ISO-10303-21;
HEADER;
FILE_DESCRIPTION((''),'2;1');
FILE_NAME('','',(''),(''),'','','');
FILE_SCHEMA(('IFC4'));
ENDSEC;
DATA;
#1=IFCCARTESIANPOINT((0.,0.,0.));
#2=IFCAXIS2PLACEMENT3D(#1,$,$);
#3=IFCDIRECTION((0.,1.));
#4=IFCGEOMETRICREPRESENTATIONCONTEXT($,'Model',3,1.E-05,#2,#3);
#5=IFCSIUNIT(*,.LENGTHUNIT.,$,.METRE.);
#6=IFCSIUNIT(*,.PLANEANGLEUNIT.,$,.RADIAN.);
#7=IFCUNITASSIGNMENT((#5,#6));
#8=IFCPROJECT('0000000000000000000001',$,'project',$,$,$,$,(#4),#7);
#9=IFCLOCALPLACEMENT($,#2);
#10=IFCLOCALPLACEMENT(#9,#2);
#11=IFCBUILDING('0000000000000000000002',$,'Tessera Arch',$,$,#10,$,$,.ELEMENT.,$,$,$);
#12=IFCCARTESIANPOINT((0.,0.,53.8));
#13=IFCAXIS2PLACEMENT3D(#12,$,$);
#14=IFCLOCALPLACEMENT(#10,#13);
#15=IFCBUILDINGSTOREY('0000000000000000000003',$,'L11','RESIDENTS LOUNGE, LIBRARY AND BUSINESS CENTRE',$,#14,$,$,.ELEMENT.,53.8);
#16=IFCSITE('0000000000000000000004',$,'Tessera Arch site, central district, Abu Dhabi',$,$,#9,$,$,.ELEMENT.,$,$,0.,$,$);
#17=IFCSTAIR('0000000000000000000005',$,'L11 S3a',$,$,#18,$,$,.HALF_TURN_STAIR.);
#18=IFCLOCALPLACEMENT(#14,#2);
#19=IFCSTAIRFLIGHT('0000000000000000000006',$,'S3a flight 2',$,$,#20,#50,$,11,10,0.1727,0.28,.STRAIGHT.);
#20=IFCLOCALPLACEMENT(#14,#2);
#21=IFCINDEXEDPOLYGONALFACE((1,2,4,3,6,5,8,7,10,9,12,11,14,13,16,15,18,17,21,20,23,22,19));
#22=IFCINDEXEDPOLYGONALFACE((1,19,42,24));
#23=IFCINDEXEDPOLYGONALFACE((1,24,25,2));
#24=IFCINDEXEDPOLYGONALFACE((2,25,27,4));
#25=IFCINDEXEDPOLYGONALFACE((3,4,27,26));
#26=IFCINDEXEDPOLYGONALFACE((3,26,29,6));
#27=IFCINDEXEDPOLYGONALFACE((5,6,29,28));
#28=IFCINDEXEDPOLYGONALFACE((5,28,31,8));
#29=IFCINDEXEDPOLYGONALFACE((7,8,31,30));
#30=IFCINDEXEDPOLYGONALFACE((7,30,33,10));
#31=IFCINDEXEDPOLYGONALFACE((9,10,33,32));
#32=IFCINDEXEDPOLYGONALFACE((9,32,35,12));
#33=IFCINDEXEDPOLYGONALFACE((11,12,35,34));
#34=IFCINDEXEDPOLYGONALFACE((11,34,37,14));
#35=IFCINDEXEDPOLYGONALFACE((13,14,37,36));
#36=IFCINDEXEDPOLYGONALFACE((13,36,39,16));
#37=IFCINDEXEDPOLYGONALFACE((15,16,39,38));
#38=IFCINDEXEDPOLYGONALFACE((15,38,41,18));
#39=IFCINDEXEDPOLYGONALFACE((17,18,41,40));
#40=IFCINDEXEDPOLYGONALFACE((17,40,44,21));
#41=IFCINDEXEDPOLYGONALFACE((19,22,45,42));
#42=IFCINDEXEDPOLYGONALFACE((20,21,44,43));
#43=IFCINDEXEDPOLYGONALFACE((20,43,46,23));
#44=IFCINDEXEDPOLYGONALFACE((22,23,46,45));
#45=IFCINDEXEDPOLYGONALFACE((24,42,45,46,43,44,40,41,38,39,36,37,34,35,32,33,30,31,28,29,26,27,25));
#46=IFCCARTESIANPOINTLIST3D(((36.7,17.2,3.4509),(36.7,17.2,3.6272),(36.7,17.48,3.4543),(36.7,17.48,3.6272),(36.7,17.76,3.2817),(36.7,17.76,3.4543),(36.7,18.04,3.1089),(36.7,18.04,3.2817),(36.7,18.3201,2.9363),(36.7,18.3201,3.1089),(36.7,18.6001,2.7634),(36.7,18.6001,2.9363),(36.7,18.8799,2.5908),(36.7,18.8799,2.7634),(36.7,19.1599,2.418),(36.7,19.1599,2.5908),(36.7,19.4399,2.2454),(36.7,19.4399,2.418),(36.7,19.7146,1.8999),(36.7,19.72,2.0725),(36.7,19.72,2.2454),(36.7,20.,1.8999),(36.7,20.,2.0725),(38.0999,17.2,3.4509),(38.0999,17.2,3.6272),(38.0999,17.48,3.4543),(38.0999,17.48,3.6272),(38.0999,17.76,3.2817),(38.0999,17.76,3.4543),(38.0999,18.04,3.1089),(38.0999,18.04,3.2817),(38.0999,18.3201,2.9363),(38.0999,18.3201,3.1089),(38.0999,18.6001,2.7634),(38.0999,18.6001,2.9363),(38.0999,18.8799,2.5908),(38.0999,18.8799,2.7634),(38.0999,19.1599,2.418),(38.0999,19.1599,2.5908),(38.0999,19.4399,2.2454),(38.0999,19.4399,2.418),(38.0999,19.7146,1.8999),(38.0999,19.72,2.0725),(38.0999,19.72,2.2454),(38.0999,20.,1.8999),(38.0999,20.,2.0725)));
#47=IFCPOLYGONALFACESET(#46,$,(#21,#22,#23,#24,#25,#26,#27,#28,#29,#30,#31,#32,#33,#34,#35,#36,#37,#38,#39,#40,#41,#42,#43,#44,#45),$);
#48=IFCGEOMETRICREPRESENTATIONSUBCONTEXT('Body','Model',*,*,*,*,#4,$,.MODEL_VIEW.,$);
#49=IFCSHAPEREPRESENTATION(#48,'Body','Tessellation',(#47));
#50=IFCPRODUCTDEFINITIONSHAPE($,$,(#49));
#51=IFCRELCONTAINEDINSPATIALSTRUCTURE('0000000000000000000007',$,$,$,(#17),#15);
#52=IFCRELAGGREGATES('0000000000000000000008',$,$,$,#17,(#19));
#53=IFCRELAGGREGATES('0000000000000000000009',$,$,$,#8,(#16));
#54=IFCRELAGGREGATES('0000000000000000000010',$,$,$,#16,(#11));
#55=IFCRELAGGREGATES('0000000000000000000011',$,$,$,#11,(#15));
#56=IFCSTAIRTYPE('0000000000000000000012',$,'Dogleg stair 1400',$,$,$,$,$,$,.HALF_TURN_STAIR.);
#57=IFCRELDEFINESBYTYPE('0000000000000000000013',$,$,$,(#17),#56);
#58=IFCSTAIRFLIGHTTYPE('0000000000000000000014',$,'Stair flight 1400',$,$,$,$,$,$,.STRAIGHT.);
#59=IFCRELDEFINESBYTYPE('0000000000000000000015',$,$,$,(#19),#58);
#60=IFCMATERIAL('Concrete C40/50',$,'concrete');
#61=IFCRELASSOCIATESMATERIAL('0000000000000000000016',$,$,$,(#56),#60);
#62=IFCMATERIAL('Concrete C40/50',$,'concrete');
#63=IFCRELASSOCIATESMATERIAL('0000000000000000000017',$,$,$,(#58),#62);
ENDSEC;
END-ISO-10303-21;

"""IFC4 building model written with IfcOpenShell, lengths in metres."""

from ifc_helpers import new_model, si_unit, direction, frame, origin, place, context, subcontext, project, spatial, polyline, outline, extrude, material, type_object, element, aggregate, save


model = new_model("IFC4")

# Units and contexts
model_context = context("Model", 3, precision=1e-05, world=origin(), true_north=direction((0.0, 1.0)))
body_context = subcontext(model_context, "Body", "Model", "MODEL_VIEW")
ifc_project = project(units=[si_unit("LENGTHUNIT", "METRE"), si_unit("PLANEANGLEUNIT", "RADIAN")], contexts=[model_context])

# Site, building, storey
site_placement = place(None, origin())
site = spatial("IfcSite", under=ifc_project, at=site_placement, Name="Tessera Arch site, central district, Abu Dhabi", CompositionType="ELEMENT", RefElevation=0.0)
building_placement = place(site_placement, origin())
building = spatial("IfcBuilding", under=site, at=building_placement, Name="Tessera Arch", CompositionType="ELEMENT")
storey_placement = place(building_placement, frame((0.0, 0.0, 53.8)))
storey = spatial("IfcBuildingStorey", under=building, at=storey_placement, Name="L11", Description="RESIDENTS LOUNGE, LIBRARY AND BUSINESS CENTRE", CompositionType="ELEMENT", Elevation=53.8)

# Stair, stair flight
ifc_material_1 = material(Name="Concrete C40/50", Category="concrete")
stair_type = type_object("IfcStairType", Name="Dogleg stair 1400", PredefinedType="HALF_TURN_STAIR", material=ifc_material_1)
stair_placement = place(storey_placement, origin())
stair = element("IfcStair", 1, at=stair_placement, inside=storey, type_object=stair_type, Name="L11 S3a", PredefinedType="HALF_TURN_STAIR")
ifc_material_2 = material(Name="Concrete C40/50", Category="concrete")
stair_flight_type = type_object("IfcStairFlightType", Name="Stair flight 1400", PredefinedType="STRAIGHT", material=ifc_material_2)
stair_flight_1_placement = place(storey_placement, frame((37.3999, 20.0, 1.8999), z_axis=(0.0, 0.0, 1.0), x_axis=(0.0, -1.0, 0.0)))
stair_flight_1 = element("IfcStairFlight", 2, at=stair_flight_1_placement, type_object=stair_flight_type, Name="S3a flight 2", NumberOfRisers=11, NumberOfTreads=10, PredefinedType="STRAIGHT", RiserHeight=0.1727, TreadLength=0.28, context=body_context, shape_type="SweptSolid", body=[
    extrude(outline(polyline([(0.0, 0.0), (0.0, 0.1726), (0.28, 0.1726), (0.28, 0.3455), (0.5601, 0.3455), (0.5601, 0.5181), (0.8401, 0.5181), (0.8401, 0.6909), (1.1201, 0.6909), (1.1201, 0.8635), (1.3999, 0.8635), (1.3999, 1.0364), (1.6799, 1.0364), (1.6799, 1.209), (1.96, 1.209), (1.96, 1.3818), (2.24, 1.3818), (2.24, 1.5544), (2.52, 1.5544), (2.52, 1.7273), (2.8, 1.7273), (2.8, 1.8999), (2.8, 1.551), (0.2854, 0.0), (0.0, 0.0)])), frame((0.0, 0.7, 0.0), z_axis=(0.0, -1.0, 0.0), x_axis=(1.0, 0.0, 0.0)), (0.0, 0.0, 1.0), 1.3999),
])
aggregate(stair, [stair_flight_1])

save(model, "model.ifc")
